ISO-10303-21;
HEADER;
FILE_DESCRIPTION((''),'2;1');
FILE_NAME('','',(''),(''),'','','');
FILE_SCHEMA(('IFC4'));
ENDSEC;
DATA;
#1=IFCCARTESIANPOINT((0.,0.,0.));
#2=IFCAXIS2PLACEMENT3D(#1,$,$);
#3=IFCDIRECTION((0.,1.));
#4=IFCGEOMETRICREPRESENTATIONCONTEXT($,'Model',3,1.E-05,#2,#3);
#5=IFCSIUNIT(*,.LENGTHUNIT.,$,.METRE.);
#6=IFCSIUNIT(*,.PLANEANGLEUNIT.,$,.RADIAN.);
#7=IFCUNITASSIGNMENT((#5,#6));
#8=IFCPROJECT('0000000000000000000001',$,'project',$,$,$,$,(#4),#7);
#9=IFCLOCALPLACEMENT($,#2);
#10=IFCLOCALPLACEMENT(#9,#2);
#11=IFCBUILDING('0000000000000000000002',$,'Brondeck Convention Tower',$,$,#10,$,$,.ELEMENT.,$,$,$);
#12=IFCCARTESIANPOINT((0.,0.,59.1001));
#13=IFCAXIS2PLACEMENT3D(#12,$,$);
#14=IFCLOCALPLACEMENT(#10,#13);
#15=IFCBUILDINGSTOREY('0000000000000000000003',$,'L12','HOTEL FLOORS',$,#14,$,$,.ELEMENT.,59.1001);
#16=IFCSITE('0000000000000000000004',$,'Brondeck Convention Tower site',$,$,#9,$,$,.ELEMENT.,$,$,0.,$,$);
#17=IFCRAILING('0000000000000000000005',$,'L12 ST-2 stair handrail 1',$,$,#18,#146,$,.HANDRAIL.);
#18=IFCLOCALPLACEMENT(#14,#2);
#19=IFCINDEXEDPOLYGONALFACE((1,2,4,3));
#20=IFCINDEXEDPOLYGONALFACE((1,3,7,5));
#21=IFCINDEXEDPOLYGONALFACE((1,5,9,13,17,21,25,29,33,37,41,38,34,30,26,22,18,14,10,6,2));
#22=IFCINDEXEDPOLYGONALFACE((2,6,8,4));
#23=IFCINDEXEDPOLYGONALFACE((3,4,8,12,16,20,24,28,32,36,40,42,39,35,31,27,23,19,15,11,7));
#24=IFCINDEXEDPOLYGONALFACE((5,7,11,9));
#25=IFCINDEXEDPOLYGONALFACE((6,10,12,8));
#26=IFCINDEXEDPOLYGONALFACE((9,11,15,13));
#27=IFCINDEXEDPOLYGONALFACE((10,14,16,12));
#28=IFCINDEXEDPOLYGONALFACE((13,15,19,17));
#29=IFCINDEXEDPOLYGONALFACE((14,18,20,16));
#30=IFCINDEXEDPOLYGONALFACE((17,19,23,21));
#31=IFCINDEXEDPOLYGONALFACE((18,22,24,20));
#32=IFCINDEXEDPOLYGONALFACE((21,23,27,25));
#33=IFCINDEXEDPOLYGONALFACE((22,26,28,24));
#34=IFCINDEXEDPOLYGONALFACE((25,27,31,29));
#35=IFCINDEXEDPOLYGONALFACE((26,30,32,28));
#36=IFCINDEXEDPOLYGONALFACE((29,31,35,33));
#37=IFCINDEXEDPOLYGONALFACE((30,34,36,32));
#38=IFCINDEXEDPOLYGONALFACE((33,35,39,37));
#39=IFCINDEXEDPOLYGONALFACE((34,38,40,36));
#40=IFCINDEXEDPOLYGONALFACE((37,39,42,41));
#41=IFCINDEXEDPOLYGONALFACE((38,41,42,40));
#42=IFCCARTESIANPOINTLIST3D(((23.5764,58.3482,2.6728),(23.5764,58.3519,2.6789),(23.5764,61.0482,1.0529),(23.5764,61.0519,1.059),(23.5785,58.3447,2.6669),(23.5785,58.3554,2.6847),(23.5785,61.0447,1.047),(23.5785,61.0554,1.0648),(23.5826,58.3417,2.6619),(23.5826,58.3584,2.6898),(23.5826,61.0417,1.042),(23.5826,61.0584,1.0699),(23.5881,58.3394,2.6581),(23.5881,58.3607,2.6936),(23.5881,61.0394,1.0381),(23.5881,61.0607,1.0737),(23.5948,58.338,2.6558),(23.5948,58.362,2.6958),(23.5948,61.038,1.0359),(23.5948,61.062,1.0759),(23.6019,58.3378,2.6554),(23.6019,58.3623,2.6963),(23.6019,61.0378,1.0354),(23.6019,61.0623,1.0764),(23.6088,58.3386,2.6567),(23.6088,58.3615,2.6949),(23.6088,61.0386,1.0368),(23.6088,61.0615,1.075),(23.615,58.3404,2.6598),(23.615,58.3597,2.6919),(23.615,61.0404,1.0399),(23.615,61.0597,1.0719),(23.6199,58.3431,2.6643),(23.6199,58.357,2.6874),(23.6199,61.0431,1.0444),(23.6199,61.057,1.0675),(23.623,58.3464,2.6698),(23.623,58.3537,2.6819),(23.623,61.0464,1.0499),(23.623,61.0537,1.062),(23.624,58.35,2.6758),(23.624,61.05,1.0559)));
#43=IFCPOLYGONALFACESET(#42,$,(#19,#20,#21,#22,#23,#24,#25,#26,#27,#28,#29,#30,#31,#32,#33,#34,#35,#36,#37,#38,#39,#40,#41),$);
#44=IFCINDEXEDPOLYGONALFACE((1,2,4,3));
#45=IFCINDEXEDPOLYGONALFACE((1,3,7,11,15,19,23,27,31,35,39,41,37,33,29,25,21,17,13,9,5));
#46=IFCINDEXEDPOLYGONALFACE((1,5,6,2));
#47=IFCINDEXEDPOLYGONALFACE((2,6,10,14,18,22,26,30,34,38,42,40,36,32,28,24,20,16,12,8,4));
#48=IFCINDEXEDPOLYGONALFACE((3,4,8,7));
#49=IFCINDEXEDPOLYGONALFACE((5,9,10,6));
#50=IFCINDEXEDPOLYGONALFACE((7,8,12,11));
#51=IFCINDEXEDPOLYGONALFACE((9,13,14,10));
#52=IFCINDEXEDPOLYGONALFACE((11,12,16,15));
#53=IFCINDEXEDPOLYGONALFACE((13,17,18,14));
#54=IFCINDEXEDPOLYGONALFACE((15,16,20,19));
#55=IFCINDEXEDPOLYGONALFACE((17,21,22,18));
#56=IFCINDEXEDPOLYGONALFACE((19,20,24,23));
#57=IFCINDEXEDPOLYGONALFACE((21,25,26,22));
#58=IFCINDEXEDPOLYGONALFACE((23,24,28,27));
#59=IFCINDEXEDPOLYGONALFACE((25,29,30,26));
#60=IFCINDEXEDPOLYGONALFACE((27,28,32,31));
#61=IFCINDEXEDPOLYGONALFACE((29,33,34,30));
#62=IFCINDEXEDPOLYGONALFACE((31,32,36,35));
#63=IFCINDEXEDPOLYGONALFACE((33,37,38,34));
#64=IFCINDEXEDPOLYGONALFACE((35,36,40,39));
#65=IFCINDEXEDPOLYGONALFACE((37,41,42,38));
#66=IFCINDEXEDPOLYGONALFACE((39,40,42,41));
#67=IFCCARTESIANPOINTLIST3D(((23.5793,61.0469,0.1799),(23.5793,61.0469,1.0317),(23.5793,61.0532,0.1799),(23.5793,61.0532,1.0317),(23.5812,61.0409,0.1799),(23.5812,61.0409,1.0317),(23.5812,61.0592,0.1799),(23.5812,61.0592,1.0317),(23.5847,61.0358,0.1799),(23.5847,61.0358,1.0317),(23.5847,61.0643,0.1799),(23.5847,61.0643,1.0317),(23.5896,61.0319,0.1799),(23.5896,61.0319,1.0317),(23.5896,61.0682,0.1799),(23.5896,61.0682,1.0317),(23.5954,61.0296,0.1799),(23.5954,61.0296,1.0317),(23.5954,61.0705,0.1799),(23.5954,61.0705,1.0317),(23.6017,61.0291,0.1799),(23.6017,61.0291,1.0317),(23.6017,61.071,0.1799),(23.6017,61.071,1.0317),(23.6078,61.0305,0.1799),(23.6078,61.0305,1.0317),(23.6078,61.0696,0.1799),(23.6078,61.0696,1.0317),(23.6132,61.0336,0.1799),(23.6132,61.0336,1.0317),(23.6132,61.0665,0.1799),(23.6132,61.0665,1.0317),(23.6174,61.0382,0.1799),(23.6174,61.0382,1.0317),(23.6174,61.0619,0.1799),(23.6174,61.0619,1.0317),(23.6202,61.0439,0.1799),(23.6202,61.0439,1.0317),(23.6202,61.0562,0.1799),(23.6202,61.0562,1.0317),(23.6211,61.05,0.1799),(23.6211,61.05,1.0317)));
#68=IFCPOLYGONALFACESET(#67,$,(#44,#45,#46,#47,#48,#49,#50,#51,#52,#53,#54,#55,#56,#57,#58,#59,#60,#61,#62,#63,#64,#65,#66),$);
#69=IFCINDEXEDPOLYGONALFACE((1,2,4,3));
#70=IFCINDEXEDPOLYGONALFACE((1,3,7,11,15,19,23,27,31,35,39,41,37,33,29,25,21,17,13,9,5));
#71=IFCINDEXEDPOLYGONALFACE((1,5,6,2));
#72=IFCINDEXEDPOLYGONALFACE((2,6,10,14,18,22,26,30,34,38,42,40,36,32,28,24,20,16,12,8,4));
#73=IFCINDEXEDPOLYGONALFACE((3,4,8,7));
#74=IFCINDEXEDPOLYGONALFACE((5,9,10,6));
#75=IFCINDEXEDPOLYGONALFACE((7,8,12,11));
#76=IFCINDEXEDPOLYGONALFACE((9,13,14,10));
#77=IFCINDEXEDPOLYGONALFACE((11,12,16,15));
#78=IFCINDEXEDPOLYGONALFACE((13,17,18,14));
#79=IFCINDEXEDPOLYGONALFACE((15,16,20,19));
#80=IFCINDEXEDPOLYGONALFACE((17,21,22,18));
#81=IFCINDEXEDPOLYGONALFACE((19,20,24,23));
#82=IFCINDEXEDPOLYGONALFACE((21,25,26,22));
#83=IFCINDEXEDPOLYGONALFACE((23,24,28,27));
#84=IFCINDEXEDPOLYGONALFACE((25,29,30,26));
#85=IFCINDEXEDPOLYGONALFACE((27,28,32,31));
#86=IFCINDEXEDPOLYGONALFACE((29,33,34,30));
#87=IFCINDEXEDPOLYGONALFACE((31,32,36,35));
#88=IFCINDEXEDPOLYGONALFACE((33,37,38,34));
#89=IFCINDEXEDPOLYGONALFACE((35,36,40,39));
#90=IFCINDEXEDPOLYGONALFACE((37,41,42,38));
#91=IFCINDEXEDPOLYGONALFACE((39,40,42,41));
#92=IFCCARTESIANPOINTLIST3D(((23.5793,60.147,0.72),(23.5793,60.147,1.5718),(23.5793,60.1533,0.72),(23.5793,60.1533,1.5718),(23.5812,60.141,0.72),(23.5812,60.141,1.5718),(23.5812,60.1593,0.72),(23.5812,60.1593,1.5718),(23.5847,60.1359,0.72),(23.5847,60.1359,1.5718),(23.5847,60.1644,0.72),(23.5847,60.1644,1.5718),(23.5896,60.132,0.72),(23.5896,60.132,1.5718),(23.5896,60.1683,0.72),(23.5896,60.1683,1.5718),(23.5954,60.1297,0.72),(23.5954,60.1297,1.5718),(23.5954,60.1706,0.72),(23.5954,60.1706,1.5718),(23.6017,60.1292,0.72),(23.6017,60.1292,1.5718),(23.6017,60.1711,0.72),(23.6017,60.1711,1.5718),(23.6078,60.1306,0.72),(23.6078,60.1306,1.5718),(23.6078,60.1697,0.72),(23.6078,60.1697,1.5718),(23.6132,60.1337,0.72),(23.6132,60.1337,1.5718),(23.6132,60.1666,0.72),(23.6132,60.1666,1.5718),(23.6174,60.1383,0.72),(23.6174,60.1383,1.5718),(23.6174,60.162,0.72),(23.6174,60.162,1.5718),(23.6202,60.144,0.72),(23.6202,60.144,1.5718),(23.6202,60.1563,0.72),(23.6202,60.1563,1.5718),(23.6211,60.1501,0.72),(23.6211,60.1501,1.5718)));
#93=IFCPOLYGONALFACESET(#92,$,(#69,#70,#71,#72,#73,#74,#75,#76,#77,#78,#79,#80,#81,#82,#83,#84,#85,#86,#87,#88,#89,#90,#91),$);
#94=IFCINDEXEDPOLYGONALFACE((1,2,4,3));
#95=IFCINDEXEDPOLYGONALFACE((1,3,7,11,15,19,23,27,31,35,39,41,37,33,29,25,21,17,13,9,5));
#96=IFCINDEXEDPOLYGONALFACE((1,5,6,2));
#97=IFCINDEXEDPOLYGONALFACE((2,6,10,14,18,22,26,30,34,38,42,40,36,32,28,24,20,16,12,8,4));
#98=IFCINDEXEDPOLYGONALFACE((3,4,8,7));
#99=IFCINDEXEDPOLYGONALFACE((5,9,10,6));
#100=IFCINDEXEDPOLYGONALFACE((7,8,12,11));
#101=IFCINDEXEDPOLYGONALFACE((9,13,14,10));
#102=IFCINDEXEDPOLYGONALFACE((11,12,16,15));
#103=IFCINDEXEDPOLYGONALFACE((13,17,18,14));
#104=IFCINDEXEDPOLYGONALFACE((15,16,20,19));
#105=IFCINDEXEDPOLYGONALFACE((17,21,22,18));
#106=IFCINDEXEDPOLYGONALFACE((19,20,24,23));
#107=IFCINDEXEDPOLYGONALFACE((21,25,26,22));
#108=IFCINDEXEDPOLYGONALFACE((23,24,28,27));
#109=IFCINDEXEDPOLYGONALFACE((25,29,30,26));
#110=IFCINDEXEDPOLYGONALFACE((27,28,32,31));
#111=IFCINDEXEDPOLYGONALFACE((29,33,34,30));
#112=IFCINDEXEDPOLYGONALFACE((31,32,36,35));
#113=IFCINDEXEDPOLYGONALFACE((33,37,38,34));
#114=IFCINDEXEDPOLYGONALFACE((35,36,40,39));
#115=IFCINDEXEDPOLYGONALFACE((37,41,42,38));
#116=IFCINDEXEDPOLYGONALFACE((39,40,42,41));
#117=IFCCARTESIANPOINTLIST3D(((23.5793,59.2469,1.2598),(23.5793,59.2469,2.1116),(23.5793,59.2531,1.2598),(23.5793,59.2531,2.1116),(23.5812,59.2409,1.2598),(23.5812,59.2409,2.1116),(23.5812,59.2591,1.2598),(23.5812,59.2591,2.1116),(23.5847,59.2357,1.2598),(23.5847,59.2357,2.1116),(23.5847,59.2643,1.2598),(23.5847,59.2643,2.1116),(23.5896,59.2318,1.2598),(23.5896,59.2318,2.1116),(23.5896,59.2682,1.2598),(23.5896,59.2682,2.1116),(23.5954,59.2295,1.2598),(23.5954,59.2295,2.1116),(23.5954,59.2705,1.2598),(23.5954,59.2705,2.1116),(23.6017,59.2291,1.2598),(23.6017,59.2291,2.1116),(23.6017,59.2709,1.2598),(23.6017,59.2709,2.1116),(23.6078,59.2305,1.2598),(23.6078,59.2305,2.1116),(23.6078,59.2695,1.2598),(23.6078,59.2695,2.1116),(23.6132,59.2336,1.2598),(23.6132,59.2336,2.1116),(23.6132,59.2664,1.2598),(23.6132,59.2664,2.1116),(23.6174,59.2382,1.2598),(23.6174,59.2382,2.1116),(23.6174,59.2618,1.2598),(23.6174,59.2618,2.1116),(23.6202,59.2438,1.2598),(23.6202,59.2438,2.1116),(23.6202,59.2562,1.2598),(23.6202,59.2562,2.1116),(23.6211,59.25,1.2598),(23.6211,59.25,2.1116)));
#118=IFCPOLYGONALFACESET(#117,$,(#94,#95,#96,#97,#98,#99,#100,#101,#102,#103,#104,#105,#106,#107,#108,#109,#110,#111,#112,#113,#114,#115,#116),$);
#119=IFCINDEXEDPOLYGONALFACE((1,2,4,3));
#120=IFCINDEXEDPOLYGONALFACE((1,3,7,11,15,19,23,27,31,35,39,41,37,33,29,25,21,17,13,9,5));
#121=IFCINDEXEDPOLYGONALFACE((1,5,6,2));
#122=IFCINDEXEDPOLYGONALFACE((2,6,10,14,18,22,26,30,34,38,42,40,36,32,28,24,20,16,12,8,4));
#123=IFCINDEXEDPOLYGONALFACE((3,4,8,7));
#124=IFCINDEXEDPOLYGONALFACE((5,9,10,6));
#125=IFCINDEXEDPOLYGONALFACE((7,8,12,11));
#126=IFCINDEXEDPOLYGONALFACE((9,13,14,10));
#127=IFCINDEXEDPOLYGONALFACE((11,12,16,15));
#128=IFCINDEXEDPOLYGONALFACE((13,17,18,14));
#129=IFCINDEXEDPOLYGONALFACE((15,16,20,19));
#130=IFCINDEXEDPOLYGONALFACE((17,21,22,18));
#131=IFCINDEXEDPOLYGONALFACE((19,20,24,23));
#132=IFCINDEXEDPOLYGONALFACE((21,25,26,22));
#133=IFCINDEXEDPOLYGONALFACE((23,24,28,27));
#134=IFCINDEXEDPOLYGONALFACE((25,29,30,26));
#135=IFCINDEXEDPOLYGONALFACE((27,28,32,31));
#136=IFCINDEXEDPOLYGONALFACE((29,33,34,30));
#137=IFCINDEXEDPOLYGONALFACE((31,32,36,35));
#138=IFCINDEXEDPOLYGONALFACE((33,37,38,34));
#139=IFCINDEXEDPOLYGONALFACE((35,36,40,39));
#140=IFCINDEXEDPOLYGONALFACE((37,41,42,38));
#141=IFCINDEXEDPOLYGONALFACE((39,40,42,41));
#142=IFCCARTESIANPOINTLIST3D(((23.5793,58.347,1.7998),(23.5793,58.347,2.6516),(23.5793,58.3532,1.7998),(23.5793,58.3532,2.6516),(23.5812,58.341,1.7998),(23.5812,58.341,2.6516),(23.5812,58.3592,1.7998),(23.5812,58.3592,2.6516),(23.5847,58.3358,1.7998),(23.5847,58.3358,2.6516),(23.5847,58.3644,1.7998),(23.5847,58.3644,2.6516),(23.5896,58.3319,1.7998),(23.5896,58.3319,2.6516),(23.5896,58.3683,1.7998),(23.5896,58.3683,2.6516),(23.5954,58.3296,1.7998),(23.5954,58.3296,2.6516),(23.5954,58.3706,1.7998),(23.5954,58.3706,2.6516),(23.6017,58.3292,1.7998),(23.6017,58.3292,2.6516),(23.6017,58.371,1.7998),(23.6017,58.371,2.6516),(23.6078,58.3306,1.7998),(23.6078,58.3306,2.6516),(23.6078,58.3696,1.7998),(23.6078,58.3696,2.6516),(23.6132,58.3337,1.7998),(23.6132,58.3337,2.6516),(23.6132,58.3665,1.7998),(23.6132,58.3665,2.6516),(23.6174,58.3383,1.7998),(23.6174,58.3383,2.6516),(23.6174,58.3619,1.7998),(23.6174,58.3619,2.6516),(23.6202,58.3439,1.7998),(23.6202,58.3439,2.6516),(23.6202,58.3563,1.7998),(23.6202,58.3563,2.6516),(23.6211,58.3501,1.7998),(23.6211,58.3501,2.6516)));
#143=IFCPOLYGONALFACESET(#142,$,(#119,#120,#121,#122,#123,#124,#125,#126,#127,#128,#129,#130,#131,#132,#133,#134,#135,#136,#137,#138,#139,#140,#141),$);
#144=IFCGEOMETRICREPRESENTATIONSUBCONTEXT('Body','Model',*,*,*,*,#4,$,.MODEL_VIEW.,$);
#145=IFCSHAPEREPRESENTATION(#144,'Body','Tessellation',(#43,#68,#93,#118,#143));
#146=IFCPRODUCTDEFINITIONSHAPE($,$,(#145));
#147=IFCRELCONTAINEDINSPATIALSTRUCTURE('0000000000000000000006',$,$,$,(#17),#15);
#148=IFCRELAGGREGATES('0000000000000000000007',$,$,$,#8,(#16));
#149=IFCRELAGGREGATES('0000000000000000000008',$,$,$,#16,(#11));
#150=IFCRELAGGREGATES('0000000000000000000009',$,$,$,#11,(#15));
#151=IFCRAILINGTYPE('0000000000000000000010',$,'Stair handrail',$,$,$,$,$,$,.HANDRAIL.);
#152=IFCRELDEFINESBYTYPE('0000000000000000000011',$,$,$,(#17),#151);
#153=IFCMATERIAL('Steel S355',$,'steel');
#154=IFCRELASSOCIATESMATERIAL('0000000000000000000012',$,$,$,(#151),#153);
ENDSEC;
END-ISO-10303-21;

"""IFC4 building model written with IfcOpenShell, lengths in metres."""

from ifc_helpers import new_model, si_unit, direction, frame, origin, origin_2d, place, context, subcontext, project, spatial, circle, extrude, material, type_object, element, save


model = new_model("IFC4")

# Units and contexts
model_context = context("Model", 3, precision=1e-05, world=origin(), true_north=direction((0.0, 1.0)))
body_context = subcontext(model_context, "Body", "Model", "MODEL_VIEW")
ifc_project = project(units=[si_unit("LENGTHUNIT", "METRE"), si_unit("PLANEANGLEUNIT", "RADIAN")], contexts=[model_context])

# Site, building, storey
site_placement = place(None, origin())
site = spatial("IfcSite", under=ifc_project, at=site_placement, Name="Brondeck Convention Tower site", CompositionType="ELEMENT", RefElevation=0.0)
building_placement = place(site_placement, origin())
building = spatial("IfcBuilding", under=site, at=building_placement, Name="Brondeck Convention Tower", CompositionType="ELEMENT")
storey_placement = place(building_placement, frame((0.0, 0.0, 59.1001)))
storey = spatial("IfcBuildingStorey", under=building, at=storey_placement, Name="L12", Description="HOTEL FLOORS", CompositionType="ELEMENT", Elevation=59.1001)

# Railing
ifc_material_1 = material(Name="Steel S355", Category="steel")
railing_type_1 = type_object("IfcRailingType", Name="Stair handrail", PredefinedType="HANDRAIL", material=ifc_material_1)
railing_1_placement = place(storey_placement, frame((23.6001, 61.05, 0.1799)))
element("IfcRailing", 1, at=railing_1_placement, inside=storey, type_object=railing_type_1, Name="L12 ST-2 stair handrail 1", PredefinedType="HANDRAIL", context=body_context, shape_type="SweptSolid", body=[
    extrude(circle(Radius=0.0239, at=origin_2d()), frame((0.0, 0.0, 0.876), z_axis=(0.0, -0.857507, 0.514473), x_axis=(1.0, 0.0, 0.0)), (0.0, 0.0, 1.0), 3.1487),
    extrude(circle(Radius=0.021, at=origin_2d()), origin(), (0.0, 0.0, 1.0), 0.8518),
    extrude(circle(Radius=0.021, at=origin_2d()), frame((0.0, -0.8999, 0.54)), (0.0, 0.0, 1.0), 0.8518),
    extrude(circle(Radius=0.021, at=origin_2d()), frame((0.0, -1.8, 1.0798)), (0.0, 0.0, 1.0), 0.8518),
    extrude(circle(Radius=0.021, at=origin_2d()), frame((0.0, -2.7, 1.6199)), (0.0, 0.0, 1.0), 0.8518),
])

save(model, "model.ifc")
